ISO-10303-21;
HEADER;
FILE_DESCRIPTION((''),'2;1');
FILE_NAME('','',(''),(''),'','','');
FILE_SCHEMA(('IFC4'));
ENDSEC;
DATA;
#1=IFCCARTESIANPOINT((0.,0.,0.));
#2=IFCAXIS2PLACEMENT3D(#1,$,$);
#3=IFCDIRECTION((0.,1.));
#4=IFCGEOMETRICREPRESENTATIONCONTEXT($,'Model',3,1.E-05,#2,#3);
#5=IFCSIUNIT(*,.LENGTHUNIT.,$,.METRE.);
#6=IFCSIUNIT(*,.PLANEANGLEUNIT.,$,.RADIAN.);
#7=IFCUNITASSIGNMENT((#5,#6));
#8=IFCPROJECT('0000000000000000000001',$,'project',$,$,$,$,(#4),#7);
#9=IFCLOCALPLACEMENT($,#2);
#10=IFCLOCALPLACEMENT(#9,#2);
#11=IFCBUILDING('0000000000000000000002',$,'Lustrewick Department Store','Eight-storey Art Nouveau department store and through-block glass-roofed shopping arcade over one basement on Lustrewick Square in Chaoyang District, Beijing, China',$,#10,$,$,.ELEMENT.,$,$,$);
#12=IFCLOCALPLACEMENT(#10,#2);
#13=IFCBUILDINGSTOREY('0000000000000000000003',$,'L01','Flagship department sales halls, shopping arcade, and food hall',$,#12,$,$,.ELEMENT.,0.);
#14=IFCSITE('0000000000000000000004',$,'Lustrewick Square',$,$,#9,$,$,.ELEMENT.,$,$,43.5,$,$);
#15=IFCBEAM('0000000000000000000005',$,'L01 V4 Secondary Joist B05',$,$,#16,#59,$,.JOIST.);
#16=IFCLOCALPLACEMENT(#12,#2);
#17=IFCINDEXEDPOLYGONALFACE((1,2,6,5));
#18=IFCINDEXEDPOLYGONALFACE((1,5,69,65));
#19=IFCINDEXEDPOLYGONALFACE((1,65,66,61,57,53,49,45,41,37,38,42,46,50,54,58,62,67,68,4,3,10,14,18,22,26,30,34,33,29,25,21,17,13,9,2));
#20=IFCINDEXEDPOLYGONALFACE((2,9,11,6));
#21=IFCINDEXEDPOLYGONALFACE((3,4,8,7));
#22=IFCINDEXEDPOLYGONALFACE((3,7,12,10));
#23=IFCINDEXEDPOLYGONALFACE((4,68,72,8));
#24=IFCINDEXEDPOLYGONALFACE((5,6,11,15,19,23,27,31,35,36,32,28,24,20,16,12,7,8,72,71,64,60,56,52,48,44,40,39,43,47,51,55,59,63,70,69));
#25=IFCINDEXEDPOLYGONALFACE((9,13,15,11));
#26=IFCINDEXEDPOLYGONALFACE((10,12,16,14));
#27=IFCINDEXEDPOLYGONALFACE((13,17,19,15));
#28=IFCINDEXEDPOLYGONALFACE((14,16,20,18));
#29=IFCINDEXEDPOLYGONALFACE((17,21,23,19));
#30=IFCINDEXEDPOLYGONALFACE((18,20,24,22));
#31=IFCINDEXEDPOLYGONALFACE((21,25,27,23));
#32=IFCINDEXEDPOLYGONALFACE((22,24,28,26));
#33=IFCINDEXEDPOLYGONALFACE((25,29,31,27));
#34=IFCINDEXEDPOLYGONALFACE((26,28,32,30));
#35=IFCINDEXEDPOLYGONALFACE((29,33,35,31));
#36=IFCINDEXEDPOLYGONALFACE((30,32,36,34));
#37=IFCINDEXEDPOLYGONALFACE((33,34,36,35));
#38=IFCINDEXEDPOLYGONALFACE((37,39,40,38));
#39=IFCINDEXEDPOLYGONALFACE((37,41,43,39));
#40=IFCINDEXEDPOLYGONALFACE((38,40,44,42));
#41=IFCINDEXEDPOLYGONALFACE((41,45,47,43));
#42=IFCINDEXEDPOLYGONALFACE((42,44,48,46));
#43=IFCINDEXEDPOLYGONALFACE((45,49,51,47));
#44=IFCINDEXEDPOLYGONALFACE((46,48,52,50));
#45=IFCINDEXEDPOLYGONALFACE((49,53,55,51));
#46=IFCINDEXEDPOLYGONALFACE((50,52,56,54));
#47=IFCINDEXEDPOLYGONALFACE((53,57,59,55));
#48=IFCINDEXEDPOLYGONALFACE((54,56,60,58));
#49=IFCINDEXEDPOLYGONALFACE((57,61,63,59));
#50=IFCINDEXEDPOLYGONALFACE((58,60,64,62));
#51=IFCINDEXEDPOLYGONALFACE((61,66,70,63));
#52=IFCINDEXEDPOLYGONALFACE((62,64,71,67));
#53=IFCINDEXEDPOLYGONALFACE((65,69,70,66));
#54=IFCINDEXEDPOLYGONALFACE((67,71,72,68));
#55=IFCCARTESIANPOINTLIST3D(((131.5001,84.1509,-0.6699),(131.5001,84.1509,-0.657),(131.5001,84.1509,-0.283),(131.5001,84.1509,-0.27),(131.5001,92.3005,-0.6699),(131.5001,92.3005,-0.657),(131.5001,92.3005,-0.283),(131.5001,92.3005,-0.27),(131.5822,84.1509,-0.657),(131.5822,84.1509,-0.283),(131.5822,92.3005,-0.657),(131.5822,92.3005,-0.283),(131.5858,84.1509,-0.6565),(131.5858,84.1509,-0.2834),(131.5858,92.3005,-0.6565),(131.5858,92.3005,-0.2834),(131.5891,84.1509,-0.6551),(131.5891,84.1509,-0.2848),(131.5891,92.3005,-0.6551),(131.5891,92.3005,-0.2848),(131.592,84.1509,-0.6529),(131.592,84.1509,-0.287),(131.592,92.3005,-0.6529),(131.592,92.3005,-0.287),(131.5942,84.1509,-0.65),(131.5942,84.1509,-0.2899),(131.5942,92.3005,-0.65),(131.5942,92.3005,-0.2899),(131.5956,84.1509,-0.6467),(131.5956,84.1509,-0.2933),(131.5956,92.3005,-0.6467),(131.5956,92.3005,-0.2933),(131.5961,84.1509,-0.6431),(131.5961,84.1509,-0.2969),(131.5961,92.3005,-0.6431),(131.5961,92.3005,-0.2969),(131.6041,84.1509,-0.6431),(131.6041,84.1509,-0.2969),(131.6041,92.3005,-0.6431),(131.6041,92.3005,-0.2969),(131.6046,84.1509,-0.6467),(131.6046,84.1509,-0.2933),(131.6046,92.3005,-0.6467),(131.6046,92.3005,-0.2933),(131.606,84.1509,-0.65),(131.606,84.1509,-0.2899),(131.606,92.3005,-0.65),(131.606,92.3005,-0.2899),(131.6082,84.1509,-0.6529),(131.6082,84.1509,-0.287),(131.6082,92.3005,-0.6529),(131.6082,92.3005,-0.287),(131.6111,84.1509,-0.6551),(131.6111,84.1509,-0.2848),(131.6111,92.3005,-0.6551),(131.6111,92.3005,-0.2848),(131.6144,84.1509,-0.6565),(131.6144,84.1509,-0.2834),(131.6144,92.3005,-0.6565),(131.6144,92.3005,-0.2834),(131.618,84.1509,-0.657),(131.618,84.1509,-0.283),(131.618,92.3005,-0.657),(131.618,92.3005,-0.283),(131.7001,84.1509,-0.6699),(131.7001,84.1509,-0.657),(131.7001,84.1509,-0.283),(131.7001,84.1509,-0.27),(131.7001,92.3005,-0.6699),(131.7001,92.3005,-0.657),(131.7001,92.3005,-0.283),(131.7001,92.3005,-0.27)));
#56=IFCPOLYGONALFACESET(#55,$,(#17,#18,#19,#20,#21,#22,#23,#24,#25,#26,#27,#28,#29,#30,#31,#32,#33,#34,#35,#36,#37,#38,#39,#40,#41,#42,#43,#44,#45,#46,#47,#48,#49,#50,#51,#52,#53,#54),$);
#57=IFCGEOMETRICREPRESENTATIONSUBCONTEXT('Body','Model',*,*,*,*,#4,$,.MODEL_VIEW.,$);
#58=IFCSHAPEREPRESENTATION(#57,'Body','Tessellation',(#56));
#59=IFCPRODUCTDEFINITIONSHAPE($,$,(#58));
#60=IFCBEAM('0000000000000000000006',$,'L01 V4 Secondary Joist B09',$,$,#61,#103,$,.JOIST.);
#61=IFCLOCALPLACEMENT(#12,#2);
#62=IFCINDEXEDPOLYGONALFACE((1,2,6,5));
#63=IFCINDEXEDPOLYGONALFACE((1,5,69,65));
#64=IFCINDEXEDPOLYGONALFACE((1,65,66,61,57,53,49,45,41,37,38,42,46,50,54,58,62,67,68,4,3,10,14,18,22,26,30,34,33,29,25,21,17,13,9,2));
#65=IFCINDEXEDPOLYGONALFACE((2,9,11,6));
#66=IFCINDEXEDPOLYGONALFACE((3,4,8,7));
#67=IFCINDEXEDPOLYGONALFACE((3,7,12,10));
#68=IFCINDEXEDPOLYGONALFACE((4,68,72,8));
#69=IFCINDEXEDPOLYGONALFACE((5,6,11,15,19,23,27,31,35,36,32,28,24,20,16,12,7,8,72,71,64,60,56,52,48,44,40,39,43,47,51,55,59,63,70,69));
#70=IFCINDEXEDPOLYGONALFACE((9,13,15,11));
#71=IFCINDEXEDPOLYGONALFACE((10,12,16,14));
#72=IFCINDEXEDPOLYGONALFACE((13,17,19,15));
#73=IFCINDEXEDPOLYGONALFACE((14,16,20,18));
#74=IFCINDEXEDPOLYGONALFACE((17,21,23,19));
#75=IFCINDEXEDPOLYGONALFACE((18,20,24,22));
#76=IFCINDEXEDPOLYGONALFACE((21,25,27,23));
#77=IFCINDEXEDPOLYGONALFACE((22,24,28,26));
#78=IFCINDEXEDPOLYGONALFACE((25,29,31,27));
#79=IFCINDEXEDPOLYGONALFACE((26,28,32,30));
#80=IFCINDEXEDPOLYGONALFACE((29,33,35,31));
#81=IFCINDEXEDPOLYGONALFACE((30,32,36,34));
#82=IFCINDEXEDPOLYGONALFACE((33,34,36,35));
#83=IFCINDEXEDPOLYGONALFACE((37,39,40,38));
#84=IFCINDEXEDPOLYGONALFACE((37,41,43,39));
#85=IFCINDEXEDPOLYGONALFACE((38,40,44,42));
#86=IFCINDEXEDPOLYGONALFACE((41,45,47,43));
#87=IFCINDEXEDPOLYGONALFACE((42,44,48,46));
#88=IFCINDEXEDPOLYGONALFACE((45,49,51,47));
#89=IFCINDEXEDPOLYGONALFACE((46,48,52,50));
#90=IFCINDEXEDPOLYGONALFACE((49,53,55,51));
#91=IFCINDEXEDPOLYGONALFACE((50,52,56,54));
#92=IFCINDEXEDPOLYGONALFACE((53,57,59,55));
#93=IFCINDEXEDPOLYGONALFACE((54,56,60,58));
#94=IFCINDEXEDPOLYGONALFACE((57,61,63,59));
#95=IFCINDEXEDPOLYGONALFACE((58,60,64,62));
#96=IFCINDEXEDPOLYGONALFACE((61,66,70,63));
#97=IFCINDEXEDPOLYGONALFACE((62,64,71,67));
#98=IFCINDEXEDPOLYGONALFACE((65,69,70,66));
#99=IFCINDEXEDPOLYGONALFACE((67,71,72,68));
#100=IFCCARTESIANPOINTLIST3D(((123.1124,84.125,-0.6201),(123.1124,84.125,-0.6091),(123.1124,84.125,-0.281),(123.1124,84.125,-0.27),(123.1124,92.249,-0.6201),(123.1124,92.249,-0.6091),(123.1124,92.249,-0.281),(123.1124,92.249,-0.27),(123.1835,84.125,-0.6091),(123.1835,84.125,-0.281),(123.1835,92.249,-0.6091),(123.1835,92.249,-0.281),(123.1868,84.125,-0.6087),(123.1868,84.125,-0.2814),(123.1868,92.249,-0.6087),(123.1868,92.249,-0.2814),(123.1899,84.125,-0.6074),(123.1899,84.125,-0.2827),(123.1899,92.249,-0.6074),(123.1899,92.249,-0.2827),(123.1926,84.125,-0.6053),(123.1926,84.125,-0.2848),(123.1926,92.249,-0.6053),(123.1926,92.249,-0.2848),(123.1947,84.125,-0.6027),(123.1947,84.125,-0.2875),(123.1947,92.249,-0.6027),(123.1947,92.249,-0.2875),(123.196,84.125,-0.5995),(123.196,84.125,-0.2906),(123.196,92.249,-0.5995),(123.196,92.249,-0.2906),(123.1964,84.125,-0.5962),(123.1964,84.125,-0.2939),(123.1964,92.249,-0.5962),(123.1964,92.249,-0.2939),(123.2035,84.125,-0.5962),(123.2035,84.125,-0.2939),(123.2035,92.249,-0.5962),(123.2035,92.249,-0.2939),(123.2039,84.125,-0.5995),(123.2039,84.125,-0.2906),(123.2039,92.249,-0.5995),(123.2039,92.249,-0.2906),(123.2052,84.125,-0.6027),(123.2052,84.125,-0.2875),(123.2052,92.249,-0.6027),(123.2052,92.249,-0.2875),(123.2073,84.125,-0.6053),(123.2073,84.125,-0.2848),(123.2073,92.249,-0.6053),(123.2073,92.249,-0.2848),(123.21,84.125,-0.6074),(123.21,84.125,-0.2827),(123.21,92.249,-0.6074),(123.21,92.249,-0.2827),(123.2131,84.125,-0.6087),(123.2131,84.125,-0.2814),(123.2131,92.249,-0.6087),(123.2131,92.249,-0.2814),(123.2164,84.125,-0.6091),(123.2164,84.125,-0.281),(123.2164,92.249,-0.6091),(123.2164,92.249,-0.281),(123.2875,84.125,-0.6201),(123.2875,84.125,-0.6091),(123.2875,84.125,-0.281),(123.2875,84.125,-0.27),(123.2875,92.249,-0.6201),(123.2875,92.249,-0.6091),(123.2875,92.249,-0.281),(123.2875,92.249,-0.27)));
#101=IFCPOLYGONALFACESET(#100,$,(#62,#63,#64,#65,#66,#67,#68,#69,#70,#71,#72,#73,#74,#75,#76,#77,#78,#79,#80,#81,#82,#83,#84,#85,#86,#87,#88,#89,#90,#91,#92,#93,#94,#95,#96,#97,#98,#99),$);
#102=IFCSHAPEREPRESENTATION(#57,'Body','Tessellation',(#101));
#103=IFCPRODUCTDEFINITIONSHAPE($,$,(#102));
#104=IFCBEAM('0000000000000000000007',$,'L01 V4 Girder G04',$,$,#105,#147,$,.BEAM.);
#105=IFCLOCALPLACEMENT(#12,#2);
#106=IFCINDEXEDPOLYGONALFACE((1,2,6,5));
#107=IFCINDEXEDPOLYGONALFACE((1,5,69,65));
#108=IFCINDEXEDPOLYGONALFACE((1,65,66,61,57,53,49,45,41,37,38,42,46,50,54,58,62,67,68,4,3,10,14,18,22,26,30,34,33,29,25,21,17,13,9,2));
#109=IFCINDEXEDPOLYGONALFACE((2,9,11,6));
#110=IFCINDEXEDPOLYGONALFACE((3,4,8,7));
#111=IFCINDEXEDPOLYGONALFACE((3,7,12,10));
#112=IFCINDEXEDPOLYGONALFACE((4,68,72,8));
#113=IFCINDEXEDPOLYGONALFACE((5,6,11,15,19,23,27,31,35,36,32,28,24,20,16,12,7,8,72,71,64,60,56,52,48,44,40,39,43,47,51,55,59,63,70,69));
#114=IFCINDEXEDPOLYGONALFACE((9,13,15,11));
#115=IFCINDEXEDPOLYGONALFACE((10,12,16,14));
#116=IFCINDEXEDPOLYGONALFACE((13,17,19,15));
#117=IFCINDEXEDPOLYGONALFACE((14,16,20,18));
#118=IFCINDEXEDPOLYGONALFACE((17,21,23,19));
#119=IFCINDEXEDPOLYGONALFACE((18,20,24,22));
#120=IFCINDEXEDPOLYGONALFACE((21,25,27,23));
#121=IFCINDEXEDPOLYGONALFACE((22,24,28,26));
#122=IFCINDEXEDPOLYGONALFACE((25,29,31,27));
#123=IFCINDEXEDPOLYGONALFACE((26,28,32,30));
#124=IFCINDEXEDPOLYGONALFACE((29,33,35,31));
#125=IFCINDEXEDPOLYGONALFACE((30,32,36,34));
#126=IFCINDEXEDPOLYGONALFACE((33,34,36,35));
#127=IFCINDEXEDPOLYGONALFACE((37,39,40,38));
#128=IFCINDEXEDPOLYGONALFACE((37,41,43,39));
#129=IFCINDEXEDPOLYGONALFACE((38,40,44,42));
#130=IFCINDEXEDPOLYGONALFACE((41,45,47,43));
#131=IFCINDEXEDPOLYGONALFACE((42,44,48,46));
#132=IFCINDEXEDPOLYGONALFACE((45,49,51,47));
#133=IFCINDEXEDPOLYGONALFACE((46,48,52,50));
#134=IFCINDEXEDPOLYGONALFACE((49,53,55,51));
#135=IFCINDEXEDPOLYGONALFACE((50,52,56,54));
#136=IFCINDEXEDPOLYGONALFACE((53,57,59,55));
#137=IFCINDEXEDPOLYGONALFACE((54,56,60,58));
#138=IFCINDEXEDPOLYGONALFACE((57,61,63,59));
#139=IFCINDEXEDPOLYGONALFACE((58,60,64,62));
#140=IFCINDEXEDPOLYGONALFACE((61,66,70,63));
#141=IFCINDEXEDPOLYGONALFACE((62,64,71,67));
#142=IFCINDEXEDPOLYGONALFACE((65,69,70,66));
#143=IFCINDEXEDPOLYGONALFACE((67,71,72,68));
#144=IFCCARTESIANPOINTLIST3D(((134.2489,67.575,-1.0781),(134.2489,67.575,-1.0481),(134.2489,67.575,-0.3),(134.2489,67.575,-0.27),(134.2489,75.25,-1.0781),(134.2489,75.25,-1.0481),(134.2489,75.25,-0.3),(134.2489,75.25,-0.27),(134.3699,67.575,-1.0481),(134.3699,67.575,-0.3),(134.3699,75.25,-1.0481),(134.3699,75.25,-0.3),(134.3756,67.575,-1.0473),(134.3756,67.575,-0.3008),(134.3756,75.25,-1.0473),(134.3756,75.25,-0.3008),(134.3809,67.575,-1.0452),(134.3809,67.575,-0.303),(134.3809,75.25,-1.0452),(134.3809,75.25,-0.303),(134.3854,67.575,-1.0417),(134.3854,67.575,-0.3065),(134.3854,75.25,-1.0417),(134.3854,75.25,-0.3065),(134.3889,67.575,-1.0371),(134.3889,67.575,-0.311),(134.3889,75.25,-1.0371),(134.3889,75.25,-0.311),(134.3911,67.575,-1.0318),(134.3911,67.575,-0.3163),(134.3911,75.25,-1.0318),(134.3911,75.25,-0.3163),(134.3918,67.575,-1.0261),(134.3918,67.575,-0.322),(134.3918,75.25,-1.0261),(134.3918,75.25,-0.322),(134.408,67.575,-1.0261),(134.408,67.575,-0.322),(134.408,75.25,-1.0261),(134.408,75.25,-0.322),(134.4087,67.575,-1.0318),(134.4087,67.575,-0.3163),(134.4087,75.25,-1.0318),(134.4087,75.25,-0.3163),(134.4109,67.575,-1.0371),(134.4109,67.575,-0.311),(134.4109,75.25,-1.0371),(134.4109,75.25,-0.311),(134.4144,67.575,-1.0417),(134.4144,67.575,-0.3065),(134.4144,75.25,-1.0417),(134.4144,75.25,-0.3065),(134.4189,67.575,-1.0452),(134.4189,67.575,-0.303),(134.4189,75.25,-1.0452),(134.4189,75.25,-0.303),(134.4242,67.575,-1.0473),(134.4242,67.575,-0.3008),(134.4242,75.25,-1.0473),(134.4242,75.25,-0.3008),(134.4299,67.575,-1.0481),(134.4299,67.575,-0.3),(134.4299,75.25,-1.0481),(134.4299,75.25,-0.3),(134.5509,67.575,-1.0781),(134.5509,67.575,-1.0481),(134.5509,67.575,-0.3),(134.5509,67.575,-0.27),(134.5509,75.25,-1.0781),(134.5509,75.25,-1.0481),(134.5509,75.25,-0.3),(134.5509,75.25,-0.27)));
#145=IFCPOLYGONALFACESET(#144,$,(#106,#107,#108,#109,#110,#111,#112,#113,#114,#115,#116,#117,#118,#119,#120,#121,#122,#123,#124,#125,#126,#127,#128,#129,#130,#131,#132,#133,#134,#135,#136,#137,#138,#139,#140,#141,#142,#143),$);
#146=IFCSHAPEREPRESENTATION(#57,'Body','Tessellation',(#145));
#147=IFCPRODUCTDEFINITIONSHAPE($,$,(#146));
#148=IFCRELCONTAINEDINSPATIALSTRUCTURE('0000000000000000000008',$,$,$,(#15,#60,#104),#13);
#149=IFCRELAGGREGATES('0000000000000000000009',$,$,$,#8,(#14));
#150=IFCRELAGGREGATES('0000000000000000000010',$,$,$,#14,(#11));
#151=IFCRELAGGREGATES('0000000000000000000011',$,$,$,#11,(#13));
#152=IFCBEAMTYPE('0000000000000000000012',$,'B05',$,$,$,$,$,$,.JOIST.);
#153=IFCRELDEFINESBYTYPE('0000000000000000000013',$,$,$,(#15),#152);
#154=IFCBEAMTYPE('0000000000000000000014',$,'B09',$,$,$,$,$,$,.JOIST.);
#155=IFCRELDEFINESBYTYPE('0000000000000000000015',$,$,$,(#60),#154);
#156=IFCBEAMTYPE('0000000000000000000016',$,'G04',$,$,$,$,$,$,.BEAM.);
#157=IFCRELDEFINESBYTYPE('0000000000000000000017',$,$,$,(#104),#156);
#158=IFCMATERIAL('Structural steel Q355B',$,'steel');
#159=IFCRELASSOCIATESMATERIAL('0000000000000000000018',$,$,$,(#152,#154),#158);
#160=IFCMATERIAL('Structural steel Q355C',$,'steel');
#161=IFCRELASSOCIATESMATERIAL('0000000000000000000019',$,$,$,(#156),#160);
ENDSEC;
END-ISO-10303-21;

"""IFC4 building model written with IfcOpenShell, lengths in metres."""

from ifc_helpers import new_model, si_unit, direction, frame, origin, origin_2d, place, context, subcontext, project, spatial, i_section, extrude, material, material_profile, profile_set, type_object, element, save


model = new_model("IFC4")

# Units and contexts
model_context = context("Model", 3, precision=1e-05, world=origin(), true_north=direction((0.0, 1.0)))
body_context = subcontext(model_context, "Body", "Model", "MODEL_VIEW")
ifc_project = project(units=[si_unit("LENGTHUNIT", "METRE"), si_unit("PLANEANGLEUNIT", "RADIAN")], contexts=[model_context])

# Site, building, storey
site_placement = place(None, origin())
site = spatial("IfcSite", under=ifc_project, at=site_placement, Name="Lustrewick Square", CompositionType="ELEMENT", RefElevation=43.5)
building_placement = place(site_placement, origin())
building = spatial("IfcBuilding", under=site, at=building_placement, Name="Lustrewick Department Store", Description="Eight-storey Art Nouveau department store and through-block glass-roofed shopping arcade over one basement on Lustrewick Square in Chaoyang District, Beijing, China", CompositionType="ELEMENT")
storey_placement = place(building_placement, origin())
storey = spatial("IfcBuildingStorey", under=building, at=storey_placement, Name="L01", Description="Flagship department sales halls, shopping arcade, and food hall", CompositionType="ELEMENT", Elevation=0.0)

# Shared definitions
ifc_material_1 = material(Name="Structural steel Q355C", Category="steel")

# Beams
ifc_material_2 = material(Name="Structural steel Q355B", Category="steel")
ifc_material_profile_1 = material_profile(ifc_material_2, i_section(OverallWidth=0.2, OverallDepth=0.3999, WebThickness=0.0081, FlangeThickness=0.0129, FilletRadius=0.0139, at=origin_2d()), Name="HN 400x200x8x13")
ifc_profile_set_1 = profile_set([ifc_material_profile_1], Name="Structural steel Q355B")
beam_type_1 = type_object("IfcBeamType", Name="B05", PredefinedType="JOIST", material=ifc_profile_set_1)
beam_1_placement = place(storey_placement, frame((131.6001, 84.1509, -0.47), z_axis=(0.0, 1.0, 0.0), x_axis=(-1.0, 0.0, 0.0)))
element("IfcBeam", 1, at=beam_1_placement, inside=storey, type_object=beam_type_1, Name="L01 V4 Secondary Joist B05", PredefinedType="JOIST", context=body_context, shape_type="SweptSolid", body=[
    extrude(i_section(OverallWidth=0.2, OverallDepth=0.3999, WebThickness=0.0081, FlangeThickness=0.0129, FilletRadius=0.0139, at=origin_2d()), origin(), (0.0, 0.0, 1.0), 8.1497),
])
ifc_material_profile_2 = material_profile(ifc_material_2, i_section(OverallWidth=0.175, OverallDepth=0.3501, WebThickness=0.0071, FlangeThickness=0.011, FilletRadius=0.0129, at=origin_2d()), Name="HN 350x175x7x11")
ifc_profile_set_2 = profile_set([ifc_material_profile_2], Name="Structural steel Q355B")
beam_type_2 = type_object("IfcBeamType", Name="B09", PredefinedType="JOIST", material=ifc_profile_set_2)
beam_2_placement = place(storey_placement, frame((123.2, 84.125, -0.4451), z_axis=(0.0, 1.0, 0.0), x_axis=(-1.0, 0.0, 0.0)))
element("IfcBeam", 2, at=beam_2_placement, inside=storey, type_object=beam_type_2, Name="L01 V4 Secondary Joist B09", PredefinedType="JOIST", context=body_context, shape_type="SweptSolid", body=[
    extrude(i_section(OverallWidth=0.175, OverallDepth=0.3501, WebThickness=0.0071, FlangeThickness=0.011, FilletRadius=0.0129, at=origin_2d()), origin(), (0.0, 0.0, 1.0), 8.124),
])
ifc_material_profile_3 = material_profile(ifc_material_1, i_section(OverallWidth=0.302, OverallDepth=0.8081, WebThickness=0.0161, FlangeThickness=0.03, FilletRadius=0.022, at=origin_2d()), Name="HN 808x302x16x30")
ifc_profile_set_3 = profile_set([ifc_material_profile_3], Name="Structural steel Q355C")
beam_type_3 = type_object("IfcBeamType", Name="G04", PredefinedType="BEAM", material=ifc_profile_set_3)
beam_3_placement = place(storey_placement, frame((134.3999, 67.575, -0.6741), z_axis=(0.0, 1.0, 0.0), x_axis=(-1.0, 0.0, 0.0)))
element("IfcBeam", 3, at=beam_3_placement, inside=storey, type_object=beam_type_3, Name="L01 V4 Girder G04", PredefinedType="BEAM", context=body_context, shape_type="SweptSolid", body=[
    extrude(i_section(OverallWidth=0.302, OverallDepth=0.8081, WebThickness=0.0161, FlangeThickness=0.03, FilletRadius=0.022, at=origin_2d()), origin(), (0.0, 0.0, 1.0), 7.675),
])

save(model, "model.ifc")
